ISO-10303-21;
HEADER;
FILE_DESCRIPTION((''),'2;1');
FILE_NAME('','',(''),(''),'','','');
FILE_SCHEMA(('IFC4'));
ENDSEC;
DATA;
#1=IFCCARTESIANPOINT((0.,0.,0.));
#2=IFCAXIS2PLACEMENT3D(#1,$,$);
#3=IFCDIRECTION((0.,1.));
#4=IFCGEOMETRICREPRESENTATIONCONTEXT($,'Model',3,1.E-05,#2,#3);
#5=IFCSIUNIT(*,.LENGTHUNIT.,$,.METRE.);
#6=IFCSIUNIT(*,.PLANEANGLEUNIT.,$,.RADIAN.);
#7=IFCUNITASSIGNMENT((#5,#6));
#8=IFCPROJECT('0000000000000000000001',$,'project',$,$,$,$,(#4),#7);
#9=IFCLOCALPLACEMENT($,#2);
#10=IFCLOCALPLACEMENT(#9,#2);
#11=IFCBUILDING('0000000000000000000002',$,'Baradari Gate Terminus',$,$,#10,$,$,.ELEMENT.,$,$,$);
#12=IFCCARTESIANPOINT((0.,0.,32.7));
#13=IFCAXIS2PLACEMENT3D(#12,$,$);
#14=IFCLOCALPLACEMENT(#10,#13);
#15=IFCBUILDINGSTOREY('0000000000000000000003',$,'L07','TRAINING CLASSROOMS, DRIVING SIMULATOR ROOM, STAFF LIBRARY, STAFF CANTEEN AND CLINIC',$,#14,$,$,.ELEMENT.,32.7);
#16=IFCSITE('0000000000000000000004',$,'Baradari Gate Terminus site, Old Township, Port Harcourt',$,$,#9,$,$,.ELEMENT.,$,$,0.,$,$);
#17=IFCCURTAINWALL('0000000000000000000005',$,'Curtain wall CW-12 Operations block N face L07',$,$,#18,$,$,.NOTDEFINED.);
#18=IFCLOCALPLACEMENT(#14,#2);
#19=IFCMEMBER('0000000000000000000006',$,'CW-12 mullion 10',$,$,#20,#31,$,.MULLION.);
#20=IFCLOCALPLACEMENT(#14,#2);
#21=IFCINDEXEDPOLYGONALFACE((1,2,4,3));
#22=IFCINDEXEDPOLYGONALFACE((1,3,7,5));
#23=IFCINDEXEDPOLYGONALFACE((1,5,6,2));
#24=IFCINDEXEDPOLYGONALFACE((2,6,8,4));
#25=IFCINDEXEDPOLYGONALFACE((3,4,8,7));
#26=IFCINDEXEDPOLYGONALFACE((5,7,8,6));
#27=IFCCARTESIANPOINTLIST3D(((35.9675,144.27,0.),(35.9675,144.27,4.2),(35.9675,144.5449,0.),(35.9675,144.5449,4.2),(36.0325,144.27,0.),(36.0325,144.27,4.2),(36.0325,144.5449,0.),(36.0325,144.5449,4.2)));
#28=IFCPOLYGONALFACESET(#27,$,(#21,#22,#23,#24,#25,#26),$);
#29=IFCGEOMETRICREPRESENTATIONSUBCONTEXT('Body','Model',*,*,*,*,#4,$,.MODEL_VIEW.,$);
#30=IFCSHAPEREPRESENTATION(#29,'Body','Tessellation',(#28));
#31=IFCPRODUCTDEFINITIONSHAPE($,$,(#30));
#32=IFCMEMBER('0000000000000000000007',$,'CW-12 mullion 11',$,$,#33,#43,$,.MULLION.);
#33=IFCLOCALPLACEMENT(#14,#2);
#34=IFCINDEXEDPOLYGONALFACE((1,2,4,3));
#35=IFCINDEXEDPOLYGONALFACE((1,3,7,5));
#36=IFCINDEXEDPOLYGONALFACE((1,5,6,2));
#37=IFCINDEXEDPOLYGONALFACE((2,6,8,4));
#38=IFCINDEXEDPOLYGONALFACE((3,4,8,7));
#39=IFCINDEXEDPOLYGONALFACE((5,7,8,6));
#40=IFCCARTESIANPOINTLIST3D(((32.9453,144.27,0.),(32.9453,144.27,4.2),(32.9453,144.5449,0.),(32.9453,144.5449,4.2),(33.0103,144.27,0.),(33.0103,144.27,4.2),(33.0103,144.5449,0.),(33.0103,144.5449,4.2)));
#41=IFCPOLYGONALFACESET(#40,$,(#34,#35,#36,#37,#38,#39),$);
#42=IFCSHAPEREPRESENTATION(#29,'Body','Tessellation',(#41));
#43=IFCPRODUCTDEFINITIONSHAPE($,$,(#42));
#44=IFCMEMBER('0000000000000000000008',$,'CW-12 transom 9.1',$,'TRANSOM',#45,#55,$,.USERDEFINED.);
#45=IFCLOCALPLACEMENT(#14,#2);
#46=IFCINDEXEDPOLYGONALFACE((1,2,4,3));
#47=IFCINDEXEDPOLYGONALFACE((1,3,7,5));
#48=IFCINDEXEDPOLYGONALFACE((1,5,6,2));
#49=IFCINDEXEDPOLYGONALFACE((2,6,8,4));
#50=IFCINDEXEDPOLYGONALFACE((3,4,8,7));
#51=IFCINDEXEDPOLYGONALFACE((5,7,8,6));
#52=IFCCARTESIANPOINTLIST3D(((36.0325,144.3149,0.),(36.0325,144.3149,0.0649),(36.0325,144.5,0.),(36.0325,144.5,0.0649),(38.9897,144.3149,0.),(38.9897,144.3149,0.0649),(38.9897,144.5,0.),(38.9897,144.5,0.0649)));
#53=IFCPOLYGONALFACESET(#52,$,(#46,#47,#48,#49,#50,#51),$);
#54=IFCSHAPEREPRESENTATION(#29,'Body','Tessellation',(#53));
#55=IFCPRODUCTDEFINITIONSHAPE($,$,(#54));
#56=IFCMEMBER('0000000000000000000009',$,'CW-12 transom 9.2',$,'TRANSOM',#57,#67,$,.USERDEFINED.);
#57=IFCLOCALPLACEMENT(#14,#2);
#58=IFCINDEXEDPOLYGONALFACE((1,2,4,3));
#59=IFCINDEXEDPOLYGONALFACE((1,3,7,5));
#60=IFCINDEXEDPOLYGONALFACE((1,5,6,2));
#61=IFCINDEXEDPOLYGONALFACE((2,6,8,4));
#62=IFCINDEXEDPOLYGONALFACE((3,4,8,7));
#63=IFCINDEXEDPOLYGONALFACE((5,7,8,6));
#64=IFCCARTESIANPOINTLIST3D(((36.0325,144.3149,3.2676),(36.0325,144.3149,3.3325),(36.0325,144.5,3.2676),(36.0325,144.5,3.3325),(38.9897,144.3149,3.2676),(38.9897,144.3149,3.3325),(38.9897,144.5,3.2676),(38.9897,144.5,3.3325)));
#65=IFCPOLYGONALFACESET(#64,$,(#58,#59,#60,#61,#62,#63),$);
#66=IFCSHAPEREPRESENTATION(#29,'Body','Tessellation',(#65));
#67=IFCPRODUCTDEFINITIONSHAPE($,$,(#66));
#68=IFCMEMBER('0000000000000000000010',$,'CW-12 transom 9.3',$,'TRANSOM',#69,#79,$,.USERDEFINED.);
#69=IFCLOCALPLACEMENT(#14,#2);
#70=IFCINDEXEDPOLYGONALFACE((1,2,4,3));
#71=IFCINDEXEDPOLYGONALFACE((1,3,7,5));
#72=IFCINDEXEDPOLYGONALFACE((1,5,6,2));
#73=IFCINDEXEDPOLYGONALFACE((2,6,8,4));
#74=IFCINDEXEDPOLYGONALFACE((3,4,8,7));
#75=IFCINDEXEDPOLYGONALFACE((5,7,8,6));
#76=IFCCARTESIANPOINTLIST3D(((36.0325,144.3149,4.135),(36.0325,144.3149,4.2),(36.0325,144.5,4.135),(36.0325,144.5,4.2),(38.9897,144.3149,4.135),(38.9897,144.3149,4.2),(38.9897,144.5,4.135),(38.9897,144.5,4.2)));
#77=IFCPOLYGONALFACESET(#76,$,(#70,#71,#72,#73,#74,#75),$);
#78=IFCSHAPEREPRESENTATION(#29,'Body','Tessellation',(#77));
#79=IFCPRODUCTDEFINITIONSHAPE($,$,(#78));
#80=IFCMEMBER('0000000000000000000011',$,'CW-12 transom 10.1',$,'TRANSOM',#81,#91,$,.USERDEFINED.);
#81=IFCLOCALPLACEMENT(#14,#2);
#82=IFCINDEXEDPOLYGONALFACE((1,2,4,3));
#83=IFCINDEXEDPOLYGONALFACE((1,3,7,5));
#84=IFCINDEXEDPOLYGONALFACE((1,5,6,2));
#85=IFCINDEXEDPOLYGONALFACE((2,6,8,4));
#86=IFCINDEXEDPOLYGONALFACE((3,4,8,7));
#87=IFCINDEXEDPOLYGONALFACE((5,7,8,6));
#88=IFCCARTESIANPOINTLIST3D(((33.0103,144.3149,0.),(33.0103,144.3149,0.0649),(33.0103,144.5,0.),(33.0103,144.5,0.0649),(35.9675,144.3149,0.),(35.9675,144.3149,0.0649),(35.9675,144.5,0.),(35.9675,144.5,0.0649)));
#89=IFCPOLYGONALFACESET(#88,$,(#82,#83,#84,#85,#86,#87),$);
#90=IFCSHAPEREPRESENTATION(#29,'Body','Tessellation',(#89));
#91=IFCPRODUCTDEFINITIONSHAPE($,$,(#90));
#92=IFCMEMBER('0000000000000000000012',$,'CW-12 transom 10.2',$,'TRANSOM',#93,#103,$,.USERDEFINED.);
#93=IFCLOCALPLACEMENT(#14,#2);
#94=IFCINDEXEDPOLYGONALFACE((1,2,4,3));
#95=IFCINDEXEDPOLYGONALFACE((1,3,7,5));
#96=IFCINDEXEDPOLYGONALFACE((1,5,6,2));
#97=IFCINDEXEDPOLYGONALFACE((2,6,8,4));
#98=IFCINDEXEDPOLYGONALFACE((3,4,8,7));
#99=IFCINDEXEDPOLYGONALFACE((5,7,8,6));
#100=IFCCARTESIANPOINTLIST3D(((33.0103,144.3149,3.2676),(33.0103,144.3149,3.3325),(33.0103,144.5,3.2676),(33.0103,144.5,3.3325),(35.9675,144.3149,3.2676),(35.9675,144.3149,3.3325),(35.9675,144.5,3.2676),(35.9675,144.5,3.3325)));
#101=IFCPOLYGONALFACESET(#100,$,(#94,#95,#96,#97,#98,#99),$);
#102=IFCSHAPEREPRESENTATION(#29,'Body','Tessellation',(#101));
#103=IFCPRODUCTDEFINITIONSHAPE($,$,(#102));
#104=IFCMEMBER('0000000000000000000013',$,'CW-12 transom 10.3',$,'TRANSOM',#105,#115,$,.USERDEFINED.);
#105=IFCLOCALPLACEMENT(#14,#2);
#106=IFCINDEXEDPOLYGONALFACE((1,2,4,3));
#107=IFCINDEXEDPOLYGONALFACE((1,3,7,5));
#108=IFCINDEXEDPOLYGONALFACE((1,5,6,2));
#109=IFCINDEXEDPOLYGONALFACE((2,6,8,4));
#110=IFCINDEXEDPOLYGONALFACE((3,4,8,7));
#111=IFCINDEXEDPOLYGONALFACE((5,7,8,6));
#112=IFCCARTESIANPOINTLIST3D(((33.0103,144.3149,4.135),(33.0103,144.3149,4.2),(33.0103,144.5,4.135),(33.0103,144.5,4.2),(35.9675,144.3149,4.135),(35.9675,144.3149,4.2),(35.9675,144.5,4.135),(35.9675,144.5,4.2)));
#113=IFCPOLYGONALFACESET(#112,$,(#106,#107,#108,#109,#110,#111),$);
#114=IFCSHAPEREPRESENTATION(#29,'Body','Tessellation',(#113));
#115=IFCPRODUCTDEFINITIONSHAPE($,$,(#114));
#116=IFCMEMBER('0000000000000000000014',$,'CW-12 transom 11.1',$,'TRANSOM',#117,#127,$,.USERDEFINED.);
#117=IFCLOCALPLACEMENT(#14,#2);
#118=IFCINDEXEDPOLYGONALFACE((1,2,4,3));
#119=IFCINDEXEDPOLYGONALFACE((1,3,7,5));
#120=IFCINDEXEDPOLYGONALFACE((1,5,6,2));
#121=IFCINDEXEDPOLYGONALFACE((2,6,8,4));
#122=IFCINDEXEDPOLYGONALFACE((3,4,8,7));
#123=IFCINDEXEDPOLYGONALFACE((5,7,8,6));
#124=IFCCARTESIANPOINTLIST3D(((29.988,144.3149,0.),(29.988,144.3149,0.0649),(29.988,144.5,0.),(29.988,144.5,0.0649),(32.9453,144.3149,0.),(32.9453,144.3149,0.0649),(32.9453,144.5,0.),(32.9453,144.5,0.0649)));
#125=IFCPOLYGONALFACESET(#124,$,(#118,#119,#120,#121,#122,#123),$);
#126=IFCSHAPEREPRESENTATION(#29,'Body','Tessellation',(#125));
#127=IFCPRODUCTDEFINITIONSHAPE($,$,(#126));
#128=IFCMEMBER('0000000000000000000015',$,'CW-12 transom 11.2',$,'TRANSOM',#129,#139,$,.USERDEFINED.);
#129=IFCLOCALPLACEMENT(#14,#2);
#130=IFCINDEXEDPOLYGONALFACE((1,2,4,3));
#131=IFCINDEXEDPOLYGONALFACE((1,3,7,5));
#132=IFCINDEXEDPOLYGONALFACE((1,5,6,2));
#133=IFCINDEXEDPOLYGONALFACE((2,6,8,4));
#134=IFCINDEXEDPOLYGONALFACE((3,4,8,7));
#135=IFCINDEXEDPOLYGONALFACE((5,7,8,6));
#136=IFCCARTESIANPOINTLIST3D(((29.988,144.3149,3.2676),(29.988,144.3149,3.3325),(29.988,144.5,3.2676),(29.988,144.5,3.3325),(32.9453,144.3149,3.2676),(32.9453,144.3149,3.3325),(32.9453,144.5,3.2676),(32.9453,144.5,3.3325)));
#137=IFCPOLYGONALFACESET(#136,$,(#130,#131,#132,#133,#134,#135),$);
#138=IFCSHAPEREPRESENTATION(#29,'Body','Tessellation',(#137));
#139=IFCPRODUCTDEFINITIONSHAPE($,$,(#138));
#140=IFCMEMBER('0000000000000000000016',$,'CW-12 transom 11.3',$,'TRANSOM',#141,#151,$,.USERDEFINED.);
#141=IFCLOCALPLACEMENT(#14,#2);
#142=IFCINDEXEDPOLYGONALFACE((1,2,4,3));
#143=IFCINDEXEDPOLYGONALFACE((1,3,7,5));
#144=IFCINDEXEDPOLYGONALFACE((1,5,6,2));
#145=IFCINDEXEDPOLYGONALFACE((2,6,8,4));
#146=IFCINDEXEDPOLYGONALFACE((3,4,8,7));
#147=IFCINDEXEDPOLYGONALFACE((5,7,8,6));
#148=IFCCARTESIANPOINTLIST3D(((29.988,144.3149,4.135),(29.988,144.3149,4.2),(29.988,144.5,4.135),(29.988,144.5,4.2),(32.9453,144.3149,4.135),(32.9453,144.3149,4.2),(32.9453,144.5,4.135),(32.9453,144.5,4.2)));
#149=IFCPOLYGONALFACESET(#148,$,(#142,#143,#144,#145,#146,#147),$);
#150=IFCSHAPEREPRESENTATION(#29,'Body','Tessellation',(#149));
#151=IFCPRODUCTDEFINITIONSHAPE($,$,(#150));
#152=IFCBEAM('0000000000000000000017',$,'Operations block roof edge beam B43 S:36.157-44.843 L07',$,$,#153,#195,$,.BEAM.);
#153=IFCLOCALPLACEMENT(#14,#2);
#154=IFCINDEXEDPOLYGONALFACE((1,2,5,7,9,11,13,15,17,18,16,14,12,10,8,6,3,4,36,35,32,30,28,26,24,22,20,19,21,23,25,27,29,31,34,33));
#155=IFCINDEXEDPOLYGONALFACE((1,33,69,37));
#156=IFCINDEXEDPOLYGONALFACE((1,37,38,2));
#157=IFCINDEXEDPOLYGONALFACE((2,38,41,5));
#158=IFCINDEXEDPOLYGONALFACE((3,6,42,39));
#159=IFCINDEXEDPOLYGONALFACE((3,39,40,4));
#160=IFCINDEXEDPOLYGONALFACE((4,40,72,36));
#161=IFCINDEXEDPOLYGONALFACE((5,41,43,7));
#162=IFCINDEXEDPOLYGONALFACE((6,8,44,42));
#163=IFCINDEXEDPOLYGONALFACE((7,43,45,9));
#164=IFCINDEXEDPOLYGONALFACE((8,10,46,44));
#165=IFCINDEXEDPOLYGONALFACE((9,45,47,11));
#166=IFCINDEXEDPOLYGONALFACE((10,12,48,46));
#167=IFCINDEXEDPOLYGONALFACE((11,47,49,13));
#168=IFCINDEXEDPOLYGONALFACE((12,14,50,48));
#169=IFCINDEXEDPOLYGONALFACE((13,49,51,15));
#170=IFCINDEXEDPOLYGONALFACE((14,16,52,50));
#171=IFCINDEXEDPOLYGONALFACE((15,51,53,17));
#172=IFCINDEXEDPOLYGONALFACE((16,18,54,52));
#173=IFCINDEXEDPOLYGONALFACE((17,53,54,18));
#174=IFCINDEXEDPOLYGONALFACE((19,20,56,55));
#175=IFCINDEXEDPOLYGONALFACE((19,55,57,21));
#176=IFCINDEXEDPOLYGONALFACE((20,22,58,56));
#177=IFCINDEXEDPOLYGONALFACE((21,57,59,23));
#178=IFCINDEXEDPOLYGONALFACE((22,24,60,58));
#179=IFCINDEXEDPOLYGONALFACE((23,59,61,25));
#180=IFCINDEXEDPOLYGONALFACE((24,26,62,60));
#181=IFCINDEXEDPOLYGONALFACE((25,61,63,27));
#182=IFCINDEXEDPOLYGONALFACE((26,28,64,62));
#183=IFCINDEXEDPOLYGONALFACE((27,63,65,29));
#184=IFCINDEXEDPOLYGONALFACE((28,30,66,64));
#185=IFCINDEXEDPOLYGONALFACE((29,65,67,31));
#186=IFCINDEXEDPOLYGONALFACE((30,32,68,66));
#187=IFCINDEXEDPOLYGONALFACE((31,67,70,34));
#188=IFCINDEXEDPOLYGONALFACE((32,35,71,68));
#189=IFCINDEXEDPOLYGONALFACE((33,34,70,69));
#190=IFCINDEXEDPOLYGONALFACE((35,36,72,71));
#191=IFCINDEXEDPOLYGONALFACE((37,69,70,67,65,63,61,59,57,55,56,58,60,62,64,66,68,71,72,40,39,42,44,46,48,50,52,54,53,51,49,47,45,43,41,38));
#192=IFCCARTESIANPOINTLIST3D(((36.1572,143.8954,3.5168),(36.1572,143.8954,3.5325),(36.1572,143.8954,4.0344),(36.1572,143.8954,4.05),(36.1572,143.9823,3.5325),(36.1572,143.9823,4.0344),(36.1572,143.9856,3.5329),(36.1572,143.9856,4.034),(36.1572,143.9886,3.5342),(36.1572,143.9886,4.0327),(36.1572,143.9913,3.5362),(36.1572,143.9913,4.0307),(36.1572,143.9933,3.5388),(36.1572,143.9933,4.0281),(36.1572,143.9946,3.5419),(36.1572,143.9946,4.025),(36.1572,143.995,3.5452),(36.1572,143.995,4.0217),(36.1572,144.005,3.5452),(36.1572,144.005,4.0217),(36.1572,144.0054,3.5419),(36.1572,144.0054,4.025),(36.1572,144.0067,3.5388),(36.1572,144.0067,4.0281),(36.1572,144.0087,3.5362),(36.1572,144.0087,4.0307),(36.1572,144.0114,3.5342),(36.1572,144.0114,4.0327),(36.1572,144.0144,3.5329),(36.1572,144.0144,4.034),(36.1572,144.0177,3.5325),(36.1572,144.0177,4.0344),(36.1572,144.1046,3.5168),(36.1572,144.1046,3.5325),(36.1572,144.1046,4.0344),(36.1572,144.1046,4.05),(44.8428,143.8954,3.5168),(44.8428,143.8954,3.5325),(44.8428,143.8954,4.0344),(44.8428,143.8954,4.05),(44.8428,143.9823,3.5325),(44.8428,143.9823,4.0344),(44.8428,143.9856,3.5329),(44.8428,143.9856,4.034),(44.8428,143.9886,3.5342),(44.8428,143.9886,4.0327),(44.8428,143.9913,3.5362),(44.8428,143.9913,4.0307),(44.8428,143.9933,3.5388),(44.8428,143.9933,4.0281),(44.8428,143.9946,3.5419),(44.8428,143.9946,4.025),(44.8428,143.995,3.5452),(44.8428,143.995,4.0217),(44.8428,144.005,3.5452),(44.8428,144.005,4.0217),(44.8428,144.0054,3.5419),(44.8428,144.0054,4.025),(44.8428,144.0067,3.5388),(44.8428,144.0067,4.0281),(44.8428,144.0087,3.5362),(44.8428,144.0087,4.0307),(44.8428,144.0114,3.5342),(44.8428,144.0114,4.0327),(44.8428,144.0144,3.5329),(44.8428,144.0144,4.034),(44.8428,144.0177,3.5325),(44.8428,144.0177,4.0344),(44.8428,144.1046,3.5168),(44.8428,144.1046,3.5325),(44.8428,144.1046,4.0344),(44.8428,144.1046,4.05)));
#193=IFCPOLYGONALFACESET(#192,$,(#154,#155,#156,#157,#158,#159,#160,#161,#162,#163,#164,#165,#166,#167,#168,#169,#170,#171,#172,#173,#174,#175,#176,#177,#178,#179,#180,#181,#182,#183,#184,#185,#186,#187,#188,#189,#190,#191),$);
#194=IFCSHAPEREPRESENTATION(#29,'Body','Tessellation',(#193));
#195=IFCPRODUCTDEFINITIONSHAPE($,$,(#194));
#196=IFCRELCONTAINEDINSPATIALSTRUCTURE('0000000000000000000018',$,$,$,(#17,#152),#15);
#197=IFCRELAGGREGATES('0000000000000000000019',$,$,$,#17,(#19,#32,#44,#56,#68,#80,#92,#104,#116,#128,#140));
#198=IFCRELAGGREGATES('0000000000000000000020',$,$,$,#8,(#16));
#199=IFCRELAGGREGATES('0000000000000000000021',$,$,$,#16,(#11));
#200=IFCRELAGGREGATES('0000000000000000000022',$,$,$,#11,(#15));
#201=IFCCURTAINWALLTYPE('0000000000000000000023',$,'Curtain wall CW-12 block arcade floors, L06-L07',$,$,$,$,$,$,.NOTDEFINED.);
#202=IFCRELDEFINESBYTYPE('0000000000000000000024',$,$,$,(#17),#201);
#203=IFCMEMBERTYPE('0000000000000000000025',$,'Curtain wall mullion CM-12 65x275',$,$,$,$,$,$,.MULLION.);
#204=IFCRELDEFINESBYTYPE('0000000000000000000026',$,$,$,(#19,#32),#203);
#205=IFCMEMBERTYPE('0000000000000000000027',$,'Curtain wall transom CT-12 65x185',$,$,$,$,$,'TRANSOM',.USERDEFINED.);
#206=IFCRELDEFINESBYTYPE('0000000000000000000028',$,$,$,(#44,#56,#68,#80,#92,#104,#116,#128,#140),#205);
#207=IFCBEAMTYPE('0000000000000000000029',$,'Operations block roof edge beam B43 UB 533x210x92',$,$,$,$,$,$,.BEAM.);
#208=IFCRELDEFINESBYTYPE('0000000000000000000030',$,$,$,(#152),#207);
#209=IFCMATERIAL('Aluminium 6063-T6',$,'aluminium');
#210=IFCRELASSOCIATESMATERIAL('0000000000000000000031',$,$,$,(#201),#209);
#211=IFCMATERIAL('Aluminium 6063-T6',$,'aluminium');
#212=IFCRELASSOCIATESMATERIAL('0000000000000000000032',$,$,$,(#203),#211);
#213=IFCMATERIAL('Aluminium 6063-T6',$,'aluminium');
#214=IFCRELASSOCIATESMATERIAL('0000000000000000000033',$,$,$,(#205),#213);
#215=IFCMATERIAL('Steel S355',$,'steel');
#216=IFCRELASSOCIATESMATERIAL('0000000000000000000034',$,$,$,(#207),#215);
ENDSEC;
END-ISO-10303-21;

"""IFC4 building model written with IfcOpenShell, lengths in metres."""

from ifc_helpers import new_model, si_unit, direction, frame, origin, origin_2d, place, context, subcontext, project, spatial, rectangle, i_section, extrude, material, material_profile, profile_set, type_object, element, aggregate, save


model = new_model("IFC4")

# Units and contexts
model_context = context("Model", 3, precision=1e-05, world=origin(), true_north=direction((0.0, 1.0)))
body_context = subcontext(model_context, "Body", "Model", "MODEL_VIEW")
ifc_project = project(units=[si_unit("LENGTHUNIT", "METRE"), si_unit("PLANEANGLEUNIT", "RADIAN")], contexts=[model_context])

# Site, building, storey
site_placement = place(None, origin())
site = spatial("IfcSite", under=ifc_project, at=site_placement, Name="Baradari Gate Terminus site, Old Township, Port Harcourt", CompositionType="ELEMENT", RefElevation=0.0)
building_placement = place(site_placement, origin())
building = spatial("IfcBuilding", under=site, at=building_placement, Name="Baradari Gate Terminus", CompositionType="ELEMENT")
storey_placement = place(building_placement, frame((0.0, 0.0, 32.7)))
storey = spatial("IfcBuildingStorey", under=building, at=storey_placement, Name="L07", Description="TRAINING CLASSROOMS, DRIVING SIMULATOR ROOM, STAFF LIBRARY, STAFF CANTEEN AND CLINIC", CompositionType="ELEMENT", Elevation=32.7)

# Curtain wall, members
ifc_material_1 = material(Name="Aluminium 6063-T6", Category="aluminium")
curtain_wall_type = type_object("IfcCurtainWallType", Name="Curtain wall CW-12 block arcade floors, L06-L07", PredefinedType="NOTDEFINED", material=ifc_material_1)
curtain_wall_placement = place(storey_placement, origin())
curtain_wall = element("IfcCurtainWall", 1, at=curtain_wall_placement, inside=storey, type_object=curtain_wall_type, Name="Curtain wall CW-12 Operations block N face L07", PredefinedType="NOTDEFINED")
ifc_material_2 = material(Name="Aluminium 6063-T6", Category="aluminium")
ifc_material_profile_1 = material_profile(ifc_material_2, rectangle(XDim=0.2749, YDim=0.0649, at=origin_2d()), Name="CM-12 65X275")
ifc_profile_set_1 = profile_set([ifc_material_profile_1], Name="Aluminium 6063-T6")
member_type_1 = type_object("IfcMemberType", Name="Curtain wall mullion CM-12 65x275", PredefinedType="MULLION", material=ifc_profile_set_1)
member_1_placement = place(storey_placement, frame((36.0, 144.4075, 0.0), z_axis=(0.0, 0.0, 1.0), x_axis=(0.0, -1.0, 0.0)))
member_1 = element("IfcMember", 2, at=member_1_placement, type_object=member_type_1, Name="CW-12 mullion 10", PredefinedType="MULLION", context=body_context, shape_type="SweptSolid", body=[
    extrude(rectangle(XDim=0.2749, YDim=0.0649, at=origin_2d()), origin(), (0.0, 0.0, 1.0), 4.2),
])
member_2_placement = place(storey_placement, frame((32.9778, 144.4075, 0.0), z_axis=(0.0, 0.0, 1.0), x_axis=(0.0, -1.0, 0.0)))
member_2 = element("IfcMember", 3, at=member_2_placement, type_object=member_type_1, Name="CW-12 mullion 11", PredefinedType="MULLION", context=body_context, shape_type="SweptSolid", body=[
    extrude(rectangle(XDim=0.2749, YDim=0.0649, at=origin_2d()), origin(), (0.0, 0.0, 1.0), 4.2),
])
ifc_material_3 = material(Name="Aluminium 6063-T6", Category="aluminium")
ifc_material_profile_2 = material_profile(ifc_material_3, rectangle(XDim=0.1851, YDim=0.0649, at=origin_2d()), Name="CT-12 65X185")
ifc_profile_set_2 = profile_set([ifc_material_profile_2], Name="Aluminium 6063-T6")
member_type_2 = type_object("IfcMemberType", Name="Curtain wall transom CT-12 65x185", ElementType="TRANSOM", PredefinedType="USERDEFINED", material=ifc_profile_set_2)
member_3_placement = place(storey_placement, frame((38.9897, 144.4075, 0.0325), z_axis=(-1.0, 0.0, 0.0), x_axis=(0.0, -1.0, 0.0)))
member_3 = element("IfcMember", 4, at=member_3_placement, type_object=member_type_2, Name="CW-12 transom 9.1", ObjectType="TRANSOM", PredefinedType="USERDEFINED", context=body_context, shape_type="SweptSolid", body=[
    extrude(rectangle(XDim=0.1851, YDim=0.0649, at=origin_2d()), origin(), (0.0, 0.0, 1.0), 2.9573),
])
member_4_placement = place(storey_placement, frame((38.9897, 144.4075, 3.3), z_axis=(-1.0, 0.0, 0.0), x_axis=(0.0, -1.0, 0.0)))
member_4 = element("IfcMember", 5, at=member_4_placement, type_object=member_type_2, Name="CW-12 transom 9.2", ObjectType="TRANSOM", PredefinedType="USERDEFINED", context=body_context, shape_type="SweptSolid", body=[
    extrude(rectangle(XDim=0.1851, YDim=0.0649, at=origin_2d()), origin(), (0.0, 0.0, 1.0), 2.9573),
])
member_5_placement = place(storey_placement, frame((38.9897, 144.4075, 4.1675), z_axis=(-1.0, 0.0, 0.0), x_axis=(0.0, -1.0, 0.0)))
member_5 = element("IfcMember", 6, at=member_5_placement, type_object=member_type_2, Name="CW-12 transom 9.3", ObjectType="TRANSOM", PredefinedType="USERDEFINED", context=body_context, shape_type="SweptSolid", body=[
    extrude(rectangle(XDim=0.1851, YDim=0.0649, at=origin_2d()), origin(), (0.0, 0.0, 1.0), 2.9573),
])
member_6_placement = place(storey_placement, frame((35.9675, 144.4075, 0.0325), z_axis=(-1.0, 0.0, 0.0), x_axis=(0.0, -1.0, 0.0)))
member_6 = element("IfcMember", 7, at=member_6_placement, type_object=member_type_2, Name="CW-12 transom 10.1", ObjectType="TRANSOM", PredefinedType="USERDEFINED", context=body_context, shape_type="SweptSolid", body=[
    extrude(rectangle(XDim=0.1851, YDim=0.0649, at=origin_2d()), origin(), (0.0, 0.0, 1.0), 2.9573),
])
member_7_placement = place(storey_placement, frame((35.9675, 144.4075, 3.3), z_axis=(-1.0, 0.0, 0.0), x_axis=(0.0, -1.0, 0.0)))
member_7 = element("IfcMember", 8, at=member_7_placement, type_object=member_type_2, Name="CW-12 transom 10.2", ObjectType="TRANSOM", PredefinedType="USERDEFINED", context=body_context, shape_type="SweptSolid", body=[
    extrude(rectangle(XDim=0.1851, YDim=0.0649, at=origin_2d()), origin(), (0.0, 0.0, 1.0), 2.9573),
])
member_8_placement = place(storey_placement, frame((35.9675, 144.4075, 4.1675), z_axis=(-1.0, 0.0, 0.0), x_axis=(0.0, -1.0, 0.0)))
member_8 = element("IfcMember", 9, at=member_8_placement, type_object=member_type_2, Name="CW-12 transom 10.3", ObjectType="TRANSOM", PredefinedType="USERDEFINED", context=body_context, shape_type="SweptSolid", body=[
    extrude(rectangle(XDim=0.1851, YDim=0.0649, at=origin_2d()), origin(), (0.0, 0.0, 1.0), 2.9573),
])
member_9_placement = place(storey_placement, frame((32.9453, 144.4075, 0.0325), z_axis=(-1.0, 0.0, 0.0), x_axis=(0.0, -1.0, 0.0)))
member_9 = element("IfcMember", 10, at=member_9_placement, type_object=member_type_2, Name="CW-12 transom 11.1", ObjectType="TRANSOM", PredefinedType="USERDEFINED", context=body_context, shape_type="SweptSolid", body=[
    extrude(rectangle(XDim=0.1851, YDim=0.0649, at=origin_2d()), origin(), (0.0, 0.0, 1.0), 2.9573),
])
member_10_placement = place(storey_placement, frame((32.9453, 144.4075, 3.3), z_axis=(-1.0, 0.0, 0.0), x_axis=(0.0, -1.0, 0.0)))
member_10 = element("IfcMember", 11, at=member_10_placement, type_object=member_type_2, Name="CW-12 transom 11.2", ObjectType="TRANSOM", PredefinedType="USERDEFINED", context=body_context, shape_type="SweptSolid", body=[
    extrude(rectangle(XDim=0.1851, YDim=0.0649, at=origin_2d()), origin(), (0.0, 0.0, 1.0), 2.9573),
])
member_11_placement = place(storey_placement, frame((32.9453, 144.4075, 4.1675), z_axis=(-1.0, 0.0, 0.0), x_axis=(0.0, -1.0, 0.0)))
member_11 = element("IfcMember", 12, at=member_11_placement, type_object=member_type_2, Name="CW-12 transom 11.3", ObjectType="TRANSOM", PredefinedType="USERDEFINED", context=body_context, shape_type="SweptSolid", body=[
    extrude(rectangle(XDim=0.1851, YDim=0.0649, at=origin_2d()), origin(), (0.0, 0.0, 1.0), 2.9573),
])

# Beam
ifc_material_4 = material(Name="Steel S355", Category="steel")
ifc_material_profile_3 = material_profile(ifc_material_4, i_section(OverallWidth=0.2092, OverallDepth=0.5332, WebThickness=0.01, FlangeThickness=0.0156, FilletRadius=0.0127, at=origin_2d()), Name="UB 533x210x92")
ifc_profile_set_3 = profile_set([ifc_material_profile_3], Name="Steel S355")
beam_type = type_object("IfcBeamType", Name="Operations block roof edge beam B43 UB 533x210x92", PredefinedType="BEAM", material=ifc_profile_set_3)
beam_placement = place(storey_placement, frame((36.1572, 144.0, 3.7834), z_axis=(1.0, 0.0, 0.0), x_axis=(0.0, 1.0, 0.0)))
element("IfcBeam", 13, at=beam_placement, inside=storey, type_object=beam_type, Name="Operations block roof edge beam B43 S:36.157-44.843 L07", PredefinedType="BEAM", context=body_context, shape_type="SweptSolid", body=[
    extrude(i_section(OverallWidth=0.2092, OverallDepth=0.5332, WebThickness=0.01, FlangeThickness=0.0156, FilletRadius=0.0127, at=origin_2d()), origin(), (0.0, 0.0, 1.0), 8.6855),
])

aggregate(curtain_wall, [member_1, member_2, member_3, member_4, member_5, member_6, member_7, member_8, member_9, member_10, member_11])

save(model, "model.ifc")
